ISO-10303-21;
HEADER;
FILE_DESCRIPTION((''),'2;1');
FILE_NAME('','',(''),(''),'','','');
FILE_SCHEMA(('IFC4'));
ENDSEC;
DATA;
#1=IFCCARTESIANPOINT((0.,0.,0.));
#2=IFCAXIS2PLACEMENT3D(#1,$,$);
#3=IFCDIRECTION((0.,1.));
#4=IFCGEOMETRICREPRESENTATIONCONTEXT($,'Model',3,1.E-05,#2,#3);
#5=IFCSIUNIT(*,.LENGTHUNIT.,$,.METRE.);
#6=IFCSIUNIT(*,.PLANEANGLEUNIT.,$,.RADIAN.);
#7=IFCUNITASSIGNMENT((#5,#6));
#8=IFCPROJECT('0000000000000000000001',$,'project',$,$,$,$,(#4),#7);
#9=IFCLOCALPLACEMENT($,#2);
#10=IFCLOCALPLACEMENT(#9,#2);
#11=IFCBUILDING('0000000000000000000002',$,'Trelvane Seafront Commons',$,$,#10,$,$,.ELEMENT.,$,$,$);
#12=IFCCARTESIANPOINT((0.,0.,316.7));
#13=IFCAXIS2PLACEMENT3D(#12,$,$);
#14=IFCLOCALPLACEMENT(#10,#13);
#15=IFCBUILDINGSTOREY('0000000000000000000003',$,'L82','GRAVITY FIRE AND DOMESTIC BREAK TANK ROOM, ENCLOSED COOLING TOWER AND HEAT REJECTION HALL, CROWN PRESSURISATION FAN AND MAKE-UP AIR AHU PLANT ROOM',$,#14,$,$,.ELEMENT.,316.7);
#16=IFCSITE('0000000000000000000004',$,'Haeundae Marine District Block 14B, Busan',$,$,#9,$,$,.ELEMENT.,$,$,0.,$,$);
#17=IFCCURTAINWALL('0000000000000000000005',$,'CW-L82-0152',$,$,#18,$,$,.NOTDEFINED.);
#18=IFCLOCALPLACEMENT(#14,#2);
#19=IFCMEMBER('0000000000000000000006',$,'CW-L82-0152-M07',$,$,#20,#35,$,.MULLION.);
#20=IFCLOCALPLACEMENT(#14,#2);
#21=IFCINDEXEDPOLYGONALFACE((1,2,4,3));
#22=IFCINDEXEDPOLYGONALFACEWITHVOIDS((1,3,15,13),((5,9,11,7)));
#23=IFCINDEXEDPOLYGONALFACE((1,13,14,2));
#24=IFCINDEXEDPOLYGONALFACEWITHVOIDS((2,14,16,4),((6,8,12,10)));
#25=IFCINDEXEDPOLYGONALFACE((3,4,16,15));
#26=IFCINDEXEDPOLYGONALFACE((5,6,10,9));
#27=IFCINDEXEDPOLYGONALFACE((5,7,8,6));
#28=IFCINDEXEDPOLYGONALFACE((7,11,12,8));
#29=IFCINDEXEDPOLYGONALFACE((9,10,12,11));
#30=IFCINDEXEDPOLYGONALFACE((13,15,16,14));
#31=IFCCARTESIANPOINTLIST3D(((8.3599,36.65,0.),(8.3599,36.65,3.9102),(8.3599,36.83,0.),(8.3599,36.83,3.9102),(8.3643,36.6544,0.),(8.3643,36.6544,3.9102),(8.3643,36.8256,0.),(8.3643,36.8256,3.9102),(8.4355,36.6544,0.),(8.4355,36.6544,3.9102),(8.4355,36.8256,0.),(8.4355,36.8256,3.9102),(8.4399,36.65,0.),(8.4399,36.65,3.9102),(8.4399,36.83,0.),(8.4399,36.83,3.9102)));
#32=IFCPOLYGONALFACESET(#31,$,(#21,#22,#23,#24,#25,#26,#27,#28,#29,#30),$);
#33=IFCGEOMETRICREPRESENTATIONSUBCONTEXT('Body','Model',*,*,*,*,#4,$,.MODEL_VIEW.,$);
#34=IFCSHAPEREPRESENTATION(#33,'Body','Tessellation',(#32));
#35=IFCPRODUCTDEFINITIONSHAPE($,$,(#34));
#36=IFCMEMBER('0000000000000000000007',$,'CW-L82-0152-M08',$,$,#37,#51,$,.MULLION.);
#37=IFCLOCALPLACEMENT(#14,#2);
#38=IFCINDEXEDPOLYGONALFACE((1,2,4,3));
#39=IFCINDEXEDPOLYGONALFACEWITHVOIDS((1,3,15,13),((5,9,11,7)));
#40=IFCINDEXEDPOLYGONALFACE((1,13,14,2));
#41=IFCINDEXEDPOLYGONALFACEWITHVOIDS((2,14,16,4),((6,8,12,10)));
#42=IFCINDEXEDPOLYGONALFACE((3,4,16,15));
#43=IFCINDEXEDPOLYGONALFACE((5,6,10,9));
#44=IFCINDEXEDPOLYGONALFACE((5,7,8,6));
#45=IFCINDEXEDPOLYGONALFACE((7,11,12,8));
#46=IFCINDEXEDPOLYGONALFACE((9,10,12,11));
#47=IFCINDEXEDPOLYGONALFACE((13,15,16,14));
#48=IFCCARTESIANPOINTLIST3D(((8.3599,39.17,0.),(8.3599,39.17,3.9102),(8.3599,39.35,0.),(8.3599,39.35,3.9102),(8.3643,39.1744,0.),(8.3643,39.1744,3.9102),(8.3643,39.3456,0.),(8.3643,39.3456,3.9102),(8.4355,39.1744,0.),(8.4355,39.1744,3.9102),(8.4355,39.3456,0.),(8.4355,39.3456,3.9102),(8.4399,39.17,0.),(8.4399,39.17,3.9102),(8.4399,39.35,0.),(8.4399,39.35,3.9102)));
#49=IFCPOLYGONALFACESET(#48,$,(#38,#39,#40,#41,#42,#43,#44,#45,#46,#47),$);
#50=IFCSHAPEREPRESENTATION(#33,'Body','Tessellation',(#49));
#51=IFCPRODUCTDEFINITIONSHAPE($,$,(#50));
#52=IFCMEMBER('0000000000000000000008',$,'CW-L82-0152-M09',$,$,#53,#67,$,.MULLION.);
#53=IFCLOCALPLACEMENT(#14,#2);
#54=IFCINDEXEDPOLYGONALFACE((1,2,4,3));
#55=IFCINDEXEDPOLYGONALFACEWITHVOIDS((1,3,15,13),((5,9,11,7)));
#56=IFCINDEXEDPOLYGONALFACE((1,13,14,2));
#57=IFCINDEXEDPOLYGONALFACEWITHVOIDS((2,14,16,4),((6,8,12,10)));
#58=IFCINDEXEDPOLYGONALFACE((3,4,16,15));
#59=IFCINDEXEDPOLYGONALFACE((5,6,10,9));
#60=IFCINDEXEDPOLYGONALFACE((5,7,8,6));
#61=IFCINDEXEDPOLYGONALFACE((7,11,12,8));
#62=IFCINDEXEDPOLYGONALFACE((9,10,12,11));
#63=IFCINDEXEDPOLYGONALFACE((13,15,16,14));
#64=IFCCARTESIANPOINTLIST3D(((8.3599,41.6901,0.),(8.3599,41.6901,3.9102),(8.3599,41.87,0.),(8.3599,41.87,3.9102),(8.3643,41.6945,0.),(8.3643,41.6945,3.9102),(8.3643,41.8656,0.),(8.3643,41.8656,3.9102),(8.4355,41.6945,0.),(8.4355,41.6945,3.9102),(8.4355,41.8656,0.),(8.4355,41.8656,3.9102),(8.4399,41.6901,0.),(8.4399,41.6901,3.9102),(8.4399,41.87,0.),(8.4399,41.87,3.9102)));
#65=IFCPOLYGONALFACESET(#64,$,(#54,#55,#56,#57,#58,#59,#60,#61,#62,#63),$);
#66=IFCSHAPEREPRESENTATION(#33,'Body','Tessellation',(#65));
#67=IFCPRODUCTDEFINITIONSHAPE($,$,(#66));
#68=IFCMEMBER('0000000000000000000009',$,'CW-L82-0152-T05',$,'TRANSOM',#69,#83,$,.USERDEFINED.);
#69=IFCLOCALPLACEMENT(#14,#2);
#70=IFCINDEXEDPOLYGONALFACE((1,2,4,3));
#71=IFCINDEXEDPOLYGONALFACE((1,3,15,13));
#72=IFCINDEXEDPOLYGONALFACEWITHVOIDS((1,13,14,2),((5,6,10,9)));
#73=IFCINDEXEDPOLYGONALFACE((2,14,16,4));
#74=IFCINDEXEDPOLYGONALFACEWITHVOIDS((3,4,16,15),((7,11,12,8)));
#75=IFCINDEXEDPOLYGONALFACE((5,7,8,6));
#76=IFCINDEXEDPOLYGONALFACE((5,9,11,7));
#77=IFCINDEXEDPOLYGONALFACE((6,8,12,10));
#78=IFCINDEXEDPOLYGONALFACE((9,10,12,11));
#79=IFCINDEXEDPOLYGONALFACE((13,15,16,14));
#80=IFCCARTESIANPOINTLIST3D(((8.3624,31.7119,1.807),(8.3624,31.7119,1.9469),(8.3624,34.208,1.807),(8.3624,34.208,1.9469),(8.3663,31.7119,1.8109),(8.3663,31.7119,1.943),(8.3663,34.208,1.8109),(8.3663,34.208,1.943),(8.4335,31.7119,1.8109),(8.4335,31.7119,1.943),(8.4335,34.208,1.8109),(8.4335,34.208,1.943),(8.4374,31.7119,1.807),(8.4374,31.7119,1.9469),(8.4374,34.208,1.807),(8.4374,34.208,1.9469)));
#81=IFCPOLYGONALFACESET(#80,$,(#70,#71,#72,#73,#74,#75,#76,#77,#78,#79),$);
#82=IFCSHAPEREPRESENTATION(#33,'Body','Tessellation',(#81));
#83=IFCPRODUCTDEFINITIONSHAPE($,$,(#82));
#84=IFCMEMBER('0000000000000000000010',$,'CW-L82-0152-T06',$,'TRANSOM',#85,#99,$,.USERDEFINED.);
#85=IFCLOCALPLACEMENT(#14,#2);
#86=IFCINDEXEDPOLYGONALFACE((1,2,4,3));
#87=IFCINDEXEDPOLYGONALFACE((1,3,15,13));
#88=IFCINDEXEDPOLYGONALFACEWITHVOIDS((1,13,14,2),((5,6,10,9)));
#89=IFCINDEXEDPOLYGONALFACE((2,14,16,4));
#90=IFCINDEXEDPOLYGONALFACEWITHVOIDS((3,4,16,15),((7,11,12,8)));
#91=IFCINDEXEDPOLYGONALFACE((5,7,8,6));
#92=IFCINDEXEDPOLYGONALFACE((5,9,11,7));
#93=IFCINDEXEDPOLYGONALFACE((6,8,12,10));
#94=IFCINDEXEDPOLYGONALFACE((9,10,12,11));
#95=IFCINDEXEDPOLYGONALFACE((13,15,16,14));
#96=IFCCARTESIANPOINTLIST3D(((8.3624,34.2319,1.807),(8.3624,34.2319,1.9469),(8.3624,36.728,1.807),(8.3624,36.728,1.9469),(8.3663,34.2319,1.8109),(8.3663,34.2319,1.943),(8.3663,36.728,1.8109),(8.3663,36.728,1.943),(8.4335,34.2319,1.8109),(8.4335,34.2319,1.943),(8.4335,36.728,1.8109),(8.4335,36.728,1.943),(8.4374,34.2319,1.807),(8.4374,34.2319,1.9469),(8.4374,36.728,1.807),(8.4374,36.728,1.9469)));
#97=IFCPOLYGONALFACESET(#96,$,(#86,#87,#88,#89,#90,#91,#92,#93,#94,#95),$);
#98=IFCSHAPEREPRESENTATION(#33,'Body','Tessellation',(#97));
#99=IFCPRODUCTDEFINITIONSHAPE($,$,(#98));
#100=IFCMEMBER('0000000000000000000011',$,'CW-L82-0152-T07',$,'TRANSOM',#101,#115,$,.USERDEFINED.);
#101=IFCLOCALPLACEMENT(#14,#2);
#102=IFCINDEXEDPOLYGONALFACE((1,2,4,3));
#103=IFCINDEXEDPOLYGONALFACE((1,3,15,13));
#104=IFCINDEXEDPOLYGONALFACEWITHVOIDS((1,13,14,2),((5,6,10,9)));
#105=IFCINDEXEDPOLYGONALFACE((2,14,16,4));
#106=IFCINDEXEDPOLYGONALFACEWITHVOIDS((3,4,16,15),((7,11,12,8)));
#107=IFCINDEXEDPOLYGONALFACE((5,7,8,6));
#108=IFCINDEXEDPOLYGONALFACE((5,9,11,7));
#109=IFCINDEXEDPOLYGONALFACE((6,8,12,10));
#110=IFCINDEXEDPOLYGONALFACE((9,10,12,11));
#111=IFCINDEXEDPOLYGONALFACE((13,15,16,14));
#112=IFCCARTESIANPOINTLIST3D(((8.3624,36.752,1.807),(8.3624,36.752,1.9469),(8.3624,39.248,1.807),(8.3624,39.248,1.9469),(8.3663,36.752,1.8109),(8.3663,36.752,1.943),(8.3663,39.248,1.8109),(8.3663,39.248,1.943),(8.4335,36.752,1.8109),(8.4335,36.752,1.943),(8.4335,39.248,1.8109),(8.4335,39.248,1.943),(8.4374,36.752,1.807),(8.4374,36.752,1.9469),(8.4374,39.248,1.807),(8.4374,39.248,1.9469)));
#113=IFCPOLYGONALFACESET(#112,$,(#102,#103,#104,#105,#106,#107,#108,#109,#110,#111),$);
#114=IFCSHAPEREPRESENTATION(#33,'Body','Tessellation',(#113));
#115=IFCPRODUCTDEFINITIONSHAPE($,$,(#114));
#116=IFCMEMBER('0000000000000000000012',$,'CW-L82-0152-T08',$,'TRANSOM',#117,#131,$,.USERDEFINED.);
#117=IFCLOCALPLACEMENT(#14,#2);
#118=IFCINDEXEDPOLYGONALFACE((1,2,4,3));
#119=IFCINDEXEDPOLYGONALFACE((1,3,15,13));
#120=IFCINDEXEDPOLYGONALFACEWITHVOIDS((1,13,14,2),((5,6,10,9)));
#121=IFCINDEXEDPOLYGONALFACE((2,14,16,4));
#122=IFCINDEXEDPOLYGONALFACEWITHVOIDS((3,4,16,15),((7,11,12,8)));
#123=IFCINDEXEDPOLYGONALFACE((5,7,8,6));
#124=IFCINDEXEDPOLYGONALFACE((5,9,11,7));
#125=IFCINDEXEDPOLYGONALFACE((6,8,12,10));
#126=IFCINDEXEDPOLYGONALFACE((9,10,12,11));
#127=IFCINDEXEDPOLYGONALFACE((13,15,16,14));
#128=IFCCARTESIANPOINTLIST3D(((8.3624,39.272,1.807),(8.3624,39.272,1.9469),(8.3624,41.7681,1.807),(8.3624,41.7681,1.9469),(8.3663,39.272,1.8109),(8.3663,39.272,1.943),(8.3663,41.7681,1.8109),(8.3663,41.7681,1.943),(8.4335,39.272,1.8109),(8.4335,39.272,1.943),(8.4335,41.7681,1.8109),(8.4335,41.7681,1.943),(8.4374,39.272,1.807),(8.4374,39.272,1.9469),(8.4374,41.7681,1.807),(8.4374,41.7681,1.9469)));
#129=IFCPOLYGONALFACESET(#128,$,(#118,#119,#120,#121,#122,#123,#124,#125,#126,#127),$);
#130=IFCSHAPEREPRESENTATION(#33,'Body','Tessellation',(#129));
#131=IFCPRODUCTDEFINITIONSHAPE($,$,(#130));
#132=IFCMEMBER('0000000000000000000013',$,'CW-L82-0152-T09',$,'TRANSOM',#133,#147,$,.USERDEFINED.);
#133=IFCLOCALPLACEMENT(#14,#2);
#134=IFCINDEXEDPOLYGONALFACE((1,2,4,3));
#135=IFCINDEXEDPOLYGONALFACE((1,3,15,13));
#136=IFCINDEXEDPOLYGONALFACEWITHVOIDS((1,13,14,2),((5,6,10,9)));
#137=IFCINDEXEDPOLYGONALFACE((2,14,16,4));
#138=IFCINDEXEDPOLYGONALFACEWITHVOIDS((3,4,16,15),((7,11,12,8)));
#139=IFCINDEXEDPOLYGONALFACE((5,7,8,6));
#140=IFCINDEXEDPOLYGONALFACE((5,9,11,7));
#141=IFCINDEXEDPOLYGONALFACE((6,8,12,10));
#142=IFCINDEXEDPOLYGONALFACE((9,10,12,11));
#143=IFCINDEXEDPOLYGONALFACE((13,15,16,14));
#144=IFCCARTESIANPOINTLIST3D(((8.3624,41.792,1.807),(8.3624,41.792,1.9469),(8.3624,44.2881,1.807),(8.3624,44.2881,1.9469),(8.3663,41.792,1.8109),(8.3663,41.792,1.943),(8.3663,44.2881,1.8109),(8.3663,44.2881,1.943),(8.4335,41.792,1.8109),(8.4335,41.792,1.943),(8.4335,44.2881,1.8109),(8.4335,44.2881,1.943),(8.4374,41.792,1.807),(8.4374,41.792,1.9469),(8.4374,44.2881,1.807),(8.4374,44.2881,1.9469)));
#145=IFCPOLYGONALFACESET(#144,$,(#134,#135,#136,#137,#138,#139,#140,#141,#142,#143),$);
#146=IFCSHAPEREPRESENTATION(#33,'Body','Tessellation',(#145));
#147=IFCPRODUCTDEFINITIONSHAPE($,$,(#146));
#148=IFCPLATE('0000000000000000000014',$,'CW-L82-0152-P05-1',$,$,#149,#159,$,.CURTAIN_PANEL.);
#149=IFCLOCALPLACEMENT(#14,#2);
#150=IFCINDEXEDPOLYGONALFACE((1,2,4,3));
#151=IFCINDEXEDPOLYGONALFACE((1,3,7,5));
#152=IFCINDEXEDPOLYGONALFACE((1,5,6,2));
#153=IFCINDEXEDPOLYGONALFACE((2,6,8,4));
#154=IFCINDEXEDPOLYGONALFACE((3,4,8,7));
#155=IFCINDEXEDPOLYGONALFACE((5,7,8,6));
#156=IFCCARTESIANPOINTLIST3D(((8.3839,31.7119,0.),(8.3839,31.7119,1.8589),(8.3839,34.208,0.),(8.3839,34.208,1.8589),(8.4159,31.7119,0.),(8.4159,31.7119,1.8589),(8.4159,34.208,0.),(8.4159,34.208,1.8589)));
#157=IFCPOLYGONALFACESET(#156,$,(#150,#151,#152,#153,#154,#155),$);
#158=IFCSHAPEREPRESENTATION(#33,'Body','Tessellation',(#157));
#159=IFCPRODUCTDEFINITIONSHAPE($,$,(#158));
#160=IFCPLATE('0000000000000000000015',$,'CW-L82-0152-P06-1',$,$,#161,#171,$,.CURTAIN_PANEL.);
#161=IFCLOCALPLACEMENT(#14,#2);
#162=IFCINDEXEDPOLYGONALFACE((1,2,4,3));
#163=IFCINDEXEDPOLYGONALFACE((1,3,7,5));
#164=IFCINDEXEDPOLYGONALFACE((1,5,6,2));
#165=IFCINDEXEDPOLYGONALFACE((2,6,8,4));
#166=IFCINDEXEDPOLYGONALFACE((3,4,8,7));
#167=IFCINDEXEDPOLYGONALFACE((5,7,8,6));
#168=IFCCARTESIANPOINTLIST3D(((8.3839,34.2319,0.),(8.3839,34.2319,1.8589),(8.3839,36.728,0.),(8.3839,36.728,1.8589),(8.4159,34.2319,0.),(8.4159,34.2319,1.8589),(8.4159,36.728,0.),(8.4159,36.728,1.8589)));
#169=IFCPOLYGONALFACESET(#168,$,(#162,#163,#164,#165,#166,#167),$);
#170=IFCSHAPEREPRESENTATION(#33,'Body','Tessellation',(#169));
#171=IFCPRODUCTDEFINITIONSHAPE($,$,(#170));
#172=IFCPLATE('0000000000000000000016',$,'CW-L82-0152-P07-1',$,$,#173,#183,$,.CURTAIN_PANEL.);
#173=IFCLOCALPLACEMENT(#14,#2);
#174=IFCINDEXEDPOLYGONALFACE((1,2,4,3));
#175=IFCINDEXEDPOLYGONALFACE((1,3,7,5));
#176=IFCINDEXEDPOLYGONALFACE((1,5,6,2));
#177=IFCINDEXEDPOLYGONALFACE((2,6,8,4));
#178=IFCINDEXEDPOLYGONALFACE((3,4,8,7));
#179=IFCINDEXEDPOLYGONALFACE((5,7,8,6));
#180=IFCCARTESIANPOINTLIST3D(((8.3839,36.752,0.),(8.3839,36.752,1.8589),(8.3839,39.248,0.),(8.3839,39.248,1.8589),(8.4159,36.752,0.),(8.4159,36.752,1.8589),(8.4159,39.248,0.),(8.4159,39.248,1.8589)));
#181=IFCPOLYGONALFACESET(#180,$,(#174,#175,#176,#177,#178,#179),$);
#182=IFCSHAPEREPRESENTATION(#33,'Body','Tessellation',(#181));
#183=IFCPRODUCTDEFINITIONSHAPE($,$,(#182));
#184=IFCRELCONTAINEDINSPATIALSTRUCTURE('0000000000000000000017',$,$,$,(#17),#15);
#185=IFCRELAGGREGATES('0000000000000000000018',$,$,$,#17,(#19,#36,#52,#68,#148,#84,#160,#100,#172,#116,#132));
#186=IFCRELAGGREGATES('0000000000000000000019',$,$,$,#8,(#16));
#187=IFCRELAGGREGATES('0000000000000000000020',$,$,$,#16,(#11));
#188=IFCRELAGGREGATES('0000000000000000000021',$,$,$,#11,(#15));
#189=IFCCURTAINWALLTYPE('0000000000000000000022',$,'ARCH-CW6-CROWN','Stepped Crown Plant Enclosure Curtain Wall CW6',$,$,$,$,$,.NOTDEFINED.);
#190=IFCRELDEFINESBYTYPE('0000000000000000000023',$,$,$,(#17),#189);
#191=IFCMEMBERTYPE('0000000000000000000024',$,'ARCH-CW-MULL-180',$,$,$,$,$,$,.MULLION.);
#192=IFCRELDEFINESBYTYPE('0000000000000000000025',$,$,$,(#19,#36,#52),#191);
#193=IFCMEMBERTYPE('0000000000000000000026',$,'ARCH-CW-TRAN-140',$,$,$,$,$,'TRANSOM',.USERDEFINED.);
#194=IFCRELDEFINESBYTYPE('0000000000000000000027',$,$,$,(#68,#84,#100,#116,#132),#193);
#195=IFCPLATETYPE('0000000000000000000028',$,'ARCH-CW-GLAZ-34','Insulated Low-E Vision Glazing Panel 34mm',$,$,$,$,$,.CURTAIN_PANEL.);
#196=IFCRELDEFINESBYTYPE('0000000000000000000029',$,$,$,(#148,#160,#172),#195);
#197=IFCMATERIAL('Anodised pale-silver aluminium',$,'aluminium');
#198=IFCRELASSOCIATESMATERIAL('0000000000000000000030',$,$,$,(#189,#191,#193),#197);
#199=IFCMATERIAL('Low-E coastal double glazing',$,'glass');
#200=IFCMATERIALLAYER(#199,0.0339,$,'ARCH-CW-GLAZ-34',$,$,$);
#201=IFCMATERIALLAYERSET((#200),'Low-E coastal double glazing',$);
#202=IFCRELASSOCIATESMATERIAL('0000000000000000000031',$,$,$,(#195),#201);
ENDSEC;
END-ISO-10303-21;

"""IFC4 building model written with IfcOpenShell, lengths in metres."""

from ifc_helpers import new_model, si_unit, direction, frame, origin, origin_2d, place, context, subcontext, project, spatial, rectangle, hollow_rectangle, extrude, source, transform, mapped, material, layer, layer_set, material_profile, profile_set, type_object, element, aggregate, save


model = new_model("IFC4")

# Units and contexts
model_context = context("Model", 3, precision=1e-05, world=origin(), true_north=direction((0.0, 1.0)))
body_context = subcontext(model_context, "Body", "Model", "MODEL_VIEW")
ifc_project = project(units=[si_unit("LENGTHUNIT", "METRE"), si_unit("PLANEANGLEUNIT", "RADIAN")], contexts=[model_context])

# Site, building, storey
site_placement = place(None, origin())
site = spatial("IfcSite", under=ifc_project, at=site_placement, Name="Haeundae Marine District Block 14B, Busan", CompositionType="ELEMENT", RefElevation=0.0)
building_placement = place(site_placement, origin())
building = spatial("IfcBuilding", under=site, at=building_placement, Name="Trelvane Seafront Commons", CompositionType="ELEMENT")
storey_placement = place(building_placement, frame((0.0, 0.0, 316.7)))
storey = spatial("IfcBuildingStorey", under=building, at=storey_placement, Name="L82", Description="GRAVITY FIRE AND DOMESTIC BREAK TANK ROOM, ENCLOSED COOLING TOWER AND HEAT REJECTION HALL, CROWN PRESSURISATION FAN AND MAKE-UP AIR AHU PLANT ROOM", CompositionType="ELEMENT", Elevation=316.7)

# Curtain wall, members, plates
ifc_material_1 = material(Name="Anodised pale-silver aluminium", Category="aluminium")
curtain_wall_type = type_object("IfcCurtainWallType", Name="ARCH-CW6-CROWN", Description="Stepped Crown Plant Enclosure Curtain Wall CW6", PredefinedType="NOTDEFINED", material=ifc_material_1)
curtain_wall_placement = place(storey_placement, origin())
curtain_wall = element("IfcCurtainWall", 1, at=curtain_wall_placement, inside=storey, type_object=curtain_wall_type, Name="CW-L82-0152", PredefinedType="NOTDEFINED")
ifc_material_profile_1 = material_profile(ifc_material_1, hollow_rectangle(XDim=0.0801, YDim=0.1799, WallThickness=0.0044, at=origin_2d()), Name="MULL-80x180x4.5")
ifc_profile_set_1 = profile_set([ifc_material_profile_1], Name="Anodised pale-silver aluminium")
member_type_1 = type_object("IfcMemberType", Name="ARCH-CW-MULL-180", PredefinedType="MULLION", material=ifc_profile_set_1)
shared_shape_1 = source(origin(), body_context, "Body", "SweptSolid", [
    extrude(hollow_rectangle(XDim=0.0801, YDim=0.1799, WallThickness=0.0044, at=origin_2d()), origin(), (0.0, 0.0, 1.0), 3.9102),
])
member_1_placement = place(storey_placement, frame((8.3999, 36.74, 0.0), z_axis=(0.0, 0.0, 1.0), x_axis=(1.0, 0.0, 0.0)))
member_1 = element("IfcMember", 2, at=member_1_placement, type_object=member_type_1, Name="CW-L82-0152-M07", PredefinedType="MULLION", context=body_context, shape_type="MappedRepresentation", body=[
    mapped(shared_shape_1, transform((0.0, 0.0, 0.0), x_axis=(1.0, 0.0, 0.0), y_axis=(0.0, 1.0, 0.0), z_axis=(0.0, 0.0, 1.0), scale=1.0)),
])
member_2_placement = place(storey_placement, frame((8.3999, 39.26, 0.0), z_axis=(0.0, 0.0, 1.0), x_axis=(1.0, 0.0, 0.0)))
member_2 = element("IfcMember", 3, at=member_2_placement, type_object=member_type_1, Name="CW-L82-0152-M08", PredefinedType="MULLION", context=body_context, shape_type="MappedRepresentation", body=[
    mapped(shared_shape_1, transform((0.0, 0.0, 0.0), x_axis=(1.0, 0.0, 0.0), y_axis=(0.0, 1.0, 0.0), z_axis=(0.0, 0.0, 1.0), scale=1.0)),
])
member_3_placement = place(storey_placement, frame((8.3999, 41.78, 0.0), z_axis=(0.0, 0.0, 1.0), x_axis=(1.0, 0.0, 0.0)))
member_3 = element("IfcMember", 4, at=member_3_placement, type_object=member_type_1, Name="CW-L82-0152-M09", PredefinedType="MULLION", context=body_context, shape_type="MappedRepresentation", body=[
    mapped(shared_shape_1, transform((0.0, 0.0, 0.0), x_axis=(1.0, 0.0, 0.0), y_axis=(0.0, 1.0, 0.0), z_axis=(0.0, 0.0, 1.0), scale=1.0)),
])
ifc_material_profile_2 = material_profile(ifc_material_1, hollow_rectangle(XDim=0.075, YDim=0.1399, WallThickness=0.0039, at=origin_2d()), Name="TRAN-75x140x4")
ifc_profile_set_2 = profile_set([ifc_material_profile_2], Name="Anodised pale-silver aluminium")
member_type_2 = type_object("IfcMemberType", Name="ARCH-CW-TRAN-140", ElementType="TRANSOM", PredefinedType="USERDEFINED", material=ifc_profile_set_2)
shared_shape_2 = source(origin(), body_context, "Body", "SweptSolid", [
    extrude(hollow_rectangle(XDim=0.075, YDim=0.1399, WallThickness=0.0039, at=origin_2d()), origin(), (0.0, 0.0, 1.0), 2.4961),
])
member_4_placement = place(storey_placement, frame((8.3999, 31.7119, 1.877), z_axis=(0.0, 1.0, 0.0), x_axis=(-1.0, 0.0, 0.0)))
member_4 = element("IfcMember", 5, at=member_4_placement, type_object=member_type_2, Name="CW-L82-0152-T05", ObjectType="TRANSOM", PredefinedType="USERDEFINED", context=body_context, shape_type="MappedRepresentation", body=[
    mapped(shared_shape_2, transform((0.0, 0.0, 0.0), x_axis=(1.0, 0.0, 0.0), y_axis=(0.0, 1.0, 0.0), z_axis=(0.0, 0.0, 1.0), scale=1.0)),
])
member_5_placement = place(storey_placement, frame((8.3999, 34.2319, 1.877), z_axis=(0.0, 1.0, 0.0), x_axis=(-1.0, 0.0, 0.0)))
member_5 = element("IfcMember", 6, at=member_5_placement, type_object=member_type_2, Name="CW-L82-0152-T06", ObjectType="TRANSOM", PredefinedType="USERDEFINED", context=body_context, shape_type="MappedRepresentation", body=[
    mapped(shared_shape_2, transform((0.0, 0.0, 0.0), x_axis=(1.0, 0.0, 0.0), y_axis=(0.0, 1.0, 0.0), z_axis=(0.0, 0.0, 1.0), scale=1.0)),
])
member_6_placement = place(storey_placement, frame((8.3999, 36.752, 1.877), z_axis=(0.0, 1.0, 0.0), x_axis=(-1.0, 0.0, 0.0)))
member_6 = element("IfcMember", 7, at=member_6_placement, type_object=member_type_2, Name="CW-L82-0152-T07", ObjectType="TRANSOM", PredefinedType="USERDEFINED", context=body_context, shape_type="MappedRepresentation", body=[
    mapped(shared_shape_2, transform((0.0, 0.0, 0.0), x_axis=(1.0, 0.0, 0.0), y_axis=(0.0, 1.0, 0.0), z_axis=(0.0, 0.0, 1.0), scale=1.0)),
])
member_7_placement = place(storey_placement, frame((8.3999, 39.272, 1.877), z_axis=(0.0, 1.0, 0.0), x_axis=(-1.0, 0.0, 0.0)))
member_7 = element("IfcMember", 8, at=member_7_placement, type_object=member_type_2, Name="CW-L82-0152-T08", ObjectType="TRANSOM", PredefinedType="USERDEFINED", context=body_context, shape_type="MappedRepresentation", body=[
    mapped(shared_shape_2, transform((0.0, 0.0, 0.0), x_axis=(1.0, 0.0, 0.0), y_axis=(0.0, 1.0, 0.0), z_axis=(0.0, 0.0, 1.0), scale=1.0)),
])
member_8_placement = place(storey_placement, frame((8.3999, 41.792, 1.877), z_axis=(0.0, 1.0, 0.0), x_axis=(-1.0, 0.0, 0.0)))
member_8 = element("IfcMember", 9, at=member_8_placement, type_object=member_type_2, Name="CW-L82-0152-T09", ObjectType="TRANSOM", PredefinedType="USERDEFINED", context=body_context, shape_type="MappedRepresentation", body=[
    mapped(shared_shape_2, transform((0.0, 0.0, 0.0), x_axis=(1.0, 0.0, 0.0), y_axis=(0.0, 1.0, 0.0), z_axis=(0.0, 0.0, 1.0), scale=1.0)),
])
ifc_material_2 = material(Name="Low-E coastal double glazing", Category="glass")
ifc_layer_1 = layer(ifc_material_2, 0.0339, Name="ARCH-CW-GLAZ-34")
ifc_layer_set_1 = layer_set([ifc_layer_1], Name="Low-E coastal double glazing")
plate_type_1 = type_object("IfcPlateType", Name="ARCH-CW-GLAZ-34", Description="Insulated Low-E Vision Glazing Panel 34mm", PredefinedType="CURTAIN_PANEL", material=ifc_layer_set_1)
shared_shape_3 = source(origin(), body_context, "Body", "SweptSolid", [
    extrude(rectangle(XDim=2.4961, YDim=0.032, at=origin_2d()), origin(), (0.0, 0.0, 1.0), 1.8589),
])
plate_1_placement = place(storey_placement, frame((8.3999, 32.96, 0.0), z_axis=(0.0, 0.0, 1.0), x_axis=(0.0, 1.0, 0.0)))
plate_1 = element("IfcPlate", 10, at=plate_1_placement, type_object=plate_type_1, Name="CW-L82-0152-P05-1", PredefinedType="CURTAIN_PANEL", context=body_context, shape_type="MappedRepresentation", body=[
    mapped(shared_shape_3, transform((0.0, 0.0, 0.0), x_axis=(1.0, 0.0, 0.0), y_axis=(0.0, 1.0, 0.0), z_axis=(0.0, 0.0, 1.0), scale=1.0)),
])
plate_2_placement = place(storey_placement, frame((8.3999, 35.48, 0.0), z_axis=(0.0, 0.0, 1.0), x_axis=(0.0, 1.0, 0.0)))
plate_2 = element("IfcPlate", 11, at=plate_2_placement, type_object=plate_type_1, Name="CW-L82-0152-P06-1", PredefinedType="CURTAIN_PANEL", context=body_context, shape_type="MappedRepresentation", body=[
    mapped(shared_shape_3, transform((0.0, 0.0, 0.0), x_axis=(1.0, 0.0, 0.0), y_axis=(0.0, 1.0, 0.0), z_axis=(0.0, 0.0, 1.0), scale=1.0)),
])
plate_3_placement = place(storey_placement, frame((8.3999, 38.0, 0.0), z_axis=(0.0, 0.0, 1.0), x_axis=(0.0, 1.0, 0.0)))
plate_3 = element("IfcPlate", 12, at=plate_3_placement, type_object=plate_type_1, Name="CW-L82-0152-P07-1", PredefinedType="CURTAIN_PANEL", context=body_context, shape_type="MappedRepresentation", body=[
    mapped(shared_shape_3, transform((0.0, 0.0, 0.0), x_axis=(1.0, 0.0, 0.0), y_axis=(0.0, 1.0, 0.0), z_axis=(0.0, 0.0, 1.0), scale=1.0)),
])
aggregate(curtain_wall, [member_1, member_2, member_3, member_4, plate_1, member_5, plate_2, member_6, plate_3, member_7, member_8])

save(model, "model.ifc")
